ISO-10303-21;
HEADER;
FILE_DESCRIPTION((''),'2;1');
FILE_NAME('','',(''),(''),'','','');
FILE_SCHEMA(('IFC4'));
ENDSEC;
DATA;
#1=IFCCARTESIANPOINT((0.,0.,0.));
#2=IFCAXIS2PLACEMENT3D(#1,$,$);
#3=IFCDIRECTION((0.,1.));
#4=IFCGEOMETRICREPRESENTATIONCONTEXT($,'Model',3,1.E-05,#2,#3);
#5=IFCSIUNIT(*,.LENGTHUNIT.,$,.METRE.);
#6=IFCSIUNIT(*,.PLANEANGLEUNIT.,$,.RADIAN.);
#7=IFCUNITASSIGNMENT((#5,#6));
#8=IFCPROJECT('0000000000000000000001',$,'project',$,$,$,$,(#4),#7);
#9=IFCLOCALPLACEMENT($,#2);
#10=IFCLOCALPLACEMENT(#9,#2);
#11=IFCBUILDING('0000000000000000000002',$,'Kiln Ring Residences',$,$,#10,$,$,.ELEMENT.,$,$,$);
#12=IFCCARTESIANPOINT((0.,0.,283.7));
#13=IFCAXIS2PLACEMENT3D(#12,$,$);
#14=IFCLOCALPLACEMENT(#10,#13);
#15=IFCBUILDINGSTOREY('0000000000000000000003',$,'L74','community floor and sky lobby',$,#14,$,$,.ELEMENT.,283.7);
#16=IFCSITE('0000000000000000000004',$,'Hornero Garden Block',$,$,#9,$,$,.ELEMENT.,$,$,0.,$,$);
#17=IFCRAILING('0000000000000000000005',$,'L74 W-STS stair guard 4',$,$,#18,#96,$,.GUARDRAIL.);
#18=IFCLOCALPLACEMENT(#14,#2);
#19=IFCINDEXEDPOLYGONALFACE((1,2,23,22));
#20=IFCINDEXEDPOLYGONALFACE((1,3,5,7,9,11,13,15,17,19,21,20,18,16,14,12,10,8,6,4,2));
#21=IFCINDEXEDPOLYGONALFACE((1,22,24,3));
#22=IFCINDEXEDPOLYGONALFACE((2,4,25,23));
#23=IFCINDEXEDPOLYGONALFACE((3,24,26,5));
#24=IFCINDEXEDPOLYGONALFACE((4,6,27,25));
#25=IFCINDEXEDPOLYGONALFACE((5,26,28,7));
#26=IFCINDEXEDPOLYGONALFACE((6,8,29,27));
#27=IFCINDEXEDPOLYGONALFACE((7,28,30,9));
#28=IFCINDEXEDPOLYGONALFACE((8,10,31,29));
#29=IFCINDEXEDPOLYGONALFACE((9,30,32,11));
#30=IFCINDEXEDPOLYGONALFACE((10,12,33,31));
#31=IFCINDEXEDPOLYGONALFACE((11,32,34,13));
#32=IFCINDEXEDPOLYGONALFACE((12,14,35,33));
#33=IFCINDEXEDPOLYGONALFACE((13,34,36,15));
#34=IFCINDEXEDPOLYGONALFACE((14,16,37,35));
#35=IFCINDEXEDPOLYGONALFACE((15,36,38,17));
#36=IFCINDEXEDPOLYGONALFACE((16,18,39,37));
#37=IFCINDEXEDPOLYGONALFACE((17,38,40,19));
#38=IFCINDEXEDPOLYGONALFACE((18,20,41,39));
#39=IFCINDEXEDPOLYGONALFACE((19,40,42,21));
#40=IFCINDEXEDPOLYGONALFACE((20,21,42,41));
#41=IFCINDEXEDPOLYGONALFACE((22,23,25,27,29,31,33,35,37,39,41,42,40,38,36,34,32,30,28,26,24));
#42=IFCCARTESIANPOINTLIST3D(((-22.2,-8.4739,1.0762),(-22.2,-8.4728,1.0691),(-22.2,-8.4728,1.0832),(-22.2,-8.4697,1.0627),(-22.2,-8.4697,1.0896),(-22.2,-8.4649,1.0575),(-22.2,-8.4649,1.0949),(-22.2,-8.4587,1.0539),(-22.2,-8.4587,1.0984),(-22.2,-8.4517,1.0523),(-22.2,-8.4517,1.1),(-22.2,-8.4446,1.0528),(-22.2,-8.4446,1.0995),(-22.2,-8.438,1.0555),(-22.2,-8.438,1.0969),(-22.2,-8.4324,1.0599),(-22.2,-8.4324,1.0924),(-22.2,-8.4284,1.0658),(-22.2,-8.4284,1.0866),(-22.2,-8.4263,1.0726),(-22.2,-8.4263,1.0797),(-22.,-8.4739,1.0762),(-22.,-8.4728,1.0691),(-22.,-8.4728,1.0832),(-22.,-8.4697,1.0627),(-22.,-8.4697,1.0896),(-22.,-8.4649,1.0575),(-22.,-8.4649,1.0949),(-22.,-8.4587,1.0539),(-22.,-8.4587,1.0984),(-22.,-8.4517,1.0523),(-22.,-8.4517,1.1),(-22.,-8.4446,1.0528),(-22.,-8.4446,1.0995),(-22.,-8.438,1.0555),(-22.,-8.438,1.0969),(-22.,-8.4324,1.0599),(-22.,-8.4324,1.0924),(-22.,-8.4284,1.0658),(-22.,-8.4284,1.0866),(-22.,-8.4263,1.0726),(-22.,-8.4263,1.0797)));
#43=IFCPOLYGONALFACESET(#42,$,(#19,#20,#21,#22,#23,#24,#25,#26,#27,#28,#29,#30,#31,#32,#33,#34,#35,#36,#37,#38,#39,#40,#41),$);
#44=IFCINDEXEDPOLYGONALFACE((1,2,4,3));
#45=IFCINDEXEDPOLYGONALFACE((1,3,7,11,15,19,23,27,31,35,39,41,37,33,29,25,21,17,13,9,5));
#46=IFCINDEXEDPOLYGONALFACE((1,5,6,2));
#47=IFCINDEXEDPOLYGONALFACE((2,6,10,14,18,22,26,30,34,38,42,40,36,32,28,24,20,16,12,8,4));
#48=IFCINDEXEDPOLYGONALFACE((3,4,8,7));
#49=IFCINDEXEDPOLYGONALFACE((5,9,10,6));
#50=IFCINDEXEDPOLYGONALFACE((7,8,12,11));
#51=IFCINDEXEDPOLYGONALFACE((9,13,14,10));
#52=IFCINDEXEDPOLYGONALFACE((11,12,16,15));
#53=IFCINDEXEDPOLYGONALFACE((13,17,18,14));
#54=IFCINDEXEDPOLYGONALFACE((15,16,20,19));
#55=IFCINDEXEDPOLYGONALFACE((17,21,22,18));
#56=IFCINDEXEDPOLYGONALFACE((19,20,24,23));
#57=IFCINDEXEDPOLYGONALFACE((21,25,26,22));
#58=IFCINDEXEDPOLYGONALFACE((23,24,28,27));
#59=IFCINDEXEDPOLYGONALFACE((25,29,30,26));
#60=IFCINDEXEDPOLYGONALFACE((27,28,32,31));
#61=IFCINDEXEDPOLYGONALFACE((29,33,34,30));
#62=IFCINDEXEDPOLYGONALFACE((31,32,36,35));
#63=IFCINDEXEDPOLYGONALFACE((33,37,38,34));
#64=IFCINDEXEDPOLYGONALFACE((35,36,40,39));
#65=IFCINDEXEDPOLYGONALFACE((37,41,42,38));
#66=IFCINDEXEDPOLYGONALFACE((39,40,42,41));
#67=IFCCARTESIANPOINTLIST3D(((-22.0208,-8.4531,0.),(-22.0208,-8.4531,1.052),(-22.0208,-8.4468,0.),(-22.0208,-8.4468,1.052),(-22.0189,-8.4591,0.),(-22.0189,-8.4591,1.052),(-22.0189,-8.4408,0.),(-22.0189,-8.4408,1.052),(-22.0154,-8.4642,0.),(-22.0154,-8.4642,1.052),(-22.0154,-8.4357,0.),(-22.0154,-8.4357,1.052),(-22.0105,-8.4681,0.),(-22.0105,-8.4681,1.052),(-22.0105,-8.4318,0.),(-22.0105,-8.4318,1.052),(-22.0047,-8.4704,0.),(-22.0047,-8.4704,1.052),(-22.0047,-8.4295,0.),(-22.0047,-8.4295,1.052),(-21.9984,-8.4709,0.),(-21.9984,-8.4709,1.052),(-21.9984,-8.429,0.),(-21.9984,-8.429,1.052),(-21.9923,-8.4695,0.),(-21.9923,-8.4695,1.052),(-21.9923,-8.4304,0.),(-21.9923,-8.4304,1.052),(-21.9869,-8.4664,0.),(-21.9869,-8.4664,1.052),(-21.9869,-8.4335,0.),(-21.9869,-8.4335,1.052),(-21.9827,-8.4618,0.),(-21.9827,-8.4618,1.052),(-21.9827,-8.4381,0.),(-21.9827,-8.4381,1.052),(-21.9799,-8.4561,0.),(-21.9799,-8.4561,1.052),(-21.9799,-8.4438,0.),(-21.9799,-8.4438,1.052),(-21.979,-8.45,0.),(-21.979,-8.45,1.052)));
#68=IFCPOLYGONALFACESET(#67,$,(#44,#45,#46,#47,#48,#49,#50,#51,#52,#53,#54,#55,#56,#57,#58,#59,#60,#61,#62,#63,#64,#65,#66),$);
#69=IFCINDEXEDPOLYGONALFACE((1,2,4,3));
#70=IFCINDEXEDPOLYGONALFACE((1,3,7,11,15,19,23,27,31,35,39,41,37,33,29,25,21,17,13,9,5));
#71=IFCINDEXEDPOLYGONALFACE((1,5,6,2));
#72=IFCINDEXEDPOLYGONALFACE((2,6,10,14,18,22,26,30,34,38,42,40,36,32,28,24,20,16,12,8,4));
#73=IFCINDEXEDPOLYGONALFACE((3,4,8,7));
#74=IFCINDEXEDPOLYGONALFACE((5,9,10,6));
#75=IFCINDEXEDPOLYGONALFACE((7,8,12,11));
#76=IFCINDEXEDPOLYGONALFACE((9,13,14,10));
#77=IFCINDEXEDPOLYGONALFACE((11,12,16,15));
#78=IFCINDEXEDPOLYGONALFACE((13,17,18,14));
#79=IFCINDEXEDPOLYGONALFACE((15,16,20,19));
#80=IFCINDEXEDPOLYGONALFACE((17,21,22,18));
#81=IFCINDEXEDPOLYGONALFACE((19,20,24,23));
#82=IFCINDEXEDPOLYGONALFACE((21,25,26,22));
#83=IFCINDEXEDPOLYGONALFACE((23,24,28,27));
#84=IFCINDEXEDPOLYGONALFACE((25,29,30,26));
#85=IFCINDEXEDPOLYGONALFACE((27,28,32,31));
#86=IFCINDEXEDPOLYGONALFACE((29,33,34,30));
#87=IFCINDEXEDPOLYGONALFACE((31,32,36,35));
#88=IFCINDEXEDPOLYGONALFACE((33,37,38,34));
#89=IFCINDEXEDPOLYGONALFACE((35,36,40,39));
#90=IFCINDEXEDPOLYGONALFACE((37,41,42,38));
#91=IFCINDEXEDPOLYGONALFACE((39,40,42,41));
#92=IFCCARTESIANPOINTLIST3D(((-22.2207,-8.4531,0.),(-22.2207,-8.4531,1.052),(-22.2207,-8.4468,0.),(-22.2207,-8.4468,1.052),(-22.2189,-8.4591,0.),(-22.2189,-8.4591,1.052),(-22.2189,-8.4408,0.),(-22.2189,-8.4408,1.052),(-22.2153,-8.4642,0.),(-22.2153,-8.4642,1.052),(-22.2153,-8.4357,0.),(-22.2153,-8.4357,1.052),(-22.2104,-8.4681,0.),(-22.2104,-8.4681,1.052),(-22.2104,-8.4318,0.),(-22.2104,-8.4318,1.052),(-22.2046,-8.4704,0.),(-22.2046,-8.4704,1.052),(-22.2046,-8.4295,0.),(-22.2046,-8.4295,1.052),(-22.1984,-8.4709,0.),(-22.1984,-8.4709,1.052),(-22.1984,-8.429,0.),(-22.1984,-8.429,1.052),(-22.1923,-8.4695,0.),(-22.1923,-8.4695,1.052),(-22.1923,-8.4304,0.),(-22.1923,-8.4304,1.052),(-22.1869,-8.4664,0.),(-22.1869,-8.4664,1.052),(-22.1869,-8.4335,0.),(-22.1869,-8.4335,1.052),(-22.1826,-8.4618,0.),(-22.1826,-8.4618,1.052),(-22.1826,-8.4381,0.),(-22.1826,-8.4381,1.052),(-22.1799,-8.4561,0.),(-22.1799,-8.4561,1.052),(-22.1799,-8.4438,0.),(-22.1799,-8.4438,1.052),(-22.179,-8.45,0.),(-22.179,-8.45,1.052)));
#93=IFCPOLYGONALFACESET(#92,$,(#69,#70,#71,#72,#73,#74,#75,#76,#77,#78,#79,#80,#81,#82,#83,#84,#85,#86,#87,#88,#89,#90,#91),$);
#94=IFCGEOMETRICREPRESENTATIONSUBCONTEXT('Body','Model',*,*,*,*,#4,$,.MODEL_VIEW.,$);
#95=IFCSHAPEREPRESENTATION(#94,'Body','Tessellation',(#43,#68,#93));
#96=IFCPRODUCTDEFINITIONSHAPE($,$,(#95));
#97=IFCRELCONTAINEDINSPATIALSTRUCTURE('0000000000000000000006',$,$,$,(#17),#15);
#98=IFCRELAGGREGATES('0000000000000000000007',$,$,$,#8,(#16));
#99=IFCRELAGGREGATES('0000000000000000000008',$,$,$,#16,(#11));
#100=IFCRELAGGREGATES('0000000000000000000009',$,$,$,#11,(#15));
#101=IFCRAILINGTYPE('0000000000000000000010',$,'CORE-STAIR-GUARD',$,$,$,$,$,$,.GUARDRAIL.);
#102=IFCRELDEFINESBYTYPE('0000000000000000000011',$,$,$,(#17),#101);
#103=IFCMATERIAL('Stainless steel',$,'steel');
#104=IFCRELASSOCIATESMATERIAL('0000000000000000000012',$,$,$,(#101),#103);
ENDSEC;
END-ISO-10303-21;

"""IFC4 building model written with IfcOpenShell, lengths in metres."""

from ifc_helpers import new_model, si_unit, direction, frame, origin, origin_2d, place, context, subcontext, project, spatial, circle, extrude, material, type_object, element, save


model = new_model("IFC4")

# Units and contexts
model_context = context("Model", 3, precision=1e-05, world=origin(), true_north=direction((0.0, 1.0)))
body_context = subcontext(model_context, "Body", "Model", "MODEL_VIEW")
ifc_project = project(units=[si_unit("LENGTHUNIT", "METRE"), si_unit("PLANEANGLEUNIT", "RADIAN")], contexts=[model_context])

# Site, building, storey
site_placement = place(None, origin())
site = spatial("IfcSite", under=ifc_project, at=site_placement, Name="Hornero Garden Block", CompositionType="ELEMENT", RefElevation=0.0)
building_placement = place(site_placement, origin())
building = spatial("IfcBuilding", under=site, at=building_placement, Name="Kiln Ring Residences", CompositionType="ELEMENT")
storey_placement = place(building_placement, frame((0.0, 0.0, 283.7)))
storey = spatial("IfcBuildingStorey", under=building, at=storey_placement, Name="L74", Description="community floor and sky lobby", CompositionType="ELEMENT", Elevation=283.7)

# Railing
ifc_material_1 = material(Name="Stainless steel", Category="steel")
railing_type = type_object("IfcRailingType", Name="CORE-STAIR-GUARD", PredefinedType="GUARDRAIL", material=ifc_material_1)
railing_1_placement = place(storey_placement, frame((-22.0, -8.45, 0.0)))
element("IfcRailing", 1, at=railing_1_placement, inside=storey, type_object=railing_type, Name="L74 W-STS stair guard 4", PredefinedType="GUARDRAIL", context=body_context, shape_type="SweptSolid", body=[
    extrude(circle(Radius=0.0239, at=origin_2d()), frame((0.0, 0.0, 1.0762), z_axis=(-1.0, 0.0, 0.0), x_axis=(0.0, -1.0, 0.0)), (0.0, 0.0, 1.0), 0.2),
    extrude(circle(Radius=0.021, at=origin_2d()), origin(), (0.0, 0.0, 1.0), 1.052),
    extrude(circle(Radius=0.021, at=origin_2d()), frame((-0.2, 0.0, 0.0)), (0.0, 0.0, 1.0), 1.052),
])

save(model, "model.ifc")
